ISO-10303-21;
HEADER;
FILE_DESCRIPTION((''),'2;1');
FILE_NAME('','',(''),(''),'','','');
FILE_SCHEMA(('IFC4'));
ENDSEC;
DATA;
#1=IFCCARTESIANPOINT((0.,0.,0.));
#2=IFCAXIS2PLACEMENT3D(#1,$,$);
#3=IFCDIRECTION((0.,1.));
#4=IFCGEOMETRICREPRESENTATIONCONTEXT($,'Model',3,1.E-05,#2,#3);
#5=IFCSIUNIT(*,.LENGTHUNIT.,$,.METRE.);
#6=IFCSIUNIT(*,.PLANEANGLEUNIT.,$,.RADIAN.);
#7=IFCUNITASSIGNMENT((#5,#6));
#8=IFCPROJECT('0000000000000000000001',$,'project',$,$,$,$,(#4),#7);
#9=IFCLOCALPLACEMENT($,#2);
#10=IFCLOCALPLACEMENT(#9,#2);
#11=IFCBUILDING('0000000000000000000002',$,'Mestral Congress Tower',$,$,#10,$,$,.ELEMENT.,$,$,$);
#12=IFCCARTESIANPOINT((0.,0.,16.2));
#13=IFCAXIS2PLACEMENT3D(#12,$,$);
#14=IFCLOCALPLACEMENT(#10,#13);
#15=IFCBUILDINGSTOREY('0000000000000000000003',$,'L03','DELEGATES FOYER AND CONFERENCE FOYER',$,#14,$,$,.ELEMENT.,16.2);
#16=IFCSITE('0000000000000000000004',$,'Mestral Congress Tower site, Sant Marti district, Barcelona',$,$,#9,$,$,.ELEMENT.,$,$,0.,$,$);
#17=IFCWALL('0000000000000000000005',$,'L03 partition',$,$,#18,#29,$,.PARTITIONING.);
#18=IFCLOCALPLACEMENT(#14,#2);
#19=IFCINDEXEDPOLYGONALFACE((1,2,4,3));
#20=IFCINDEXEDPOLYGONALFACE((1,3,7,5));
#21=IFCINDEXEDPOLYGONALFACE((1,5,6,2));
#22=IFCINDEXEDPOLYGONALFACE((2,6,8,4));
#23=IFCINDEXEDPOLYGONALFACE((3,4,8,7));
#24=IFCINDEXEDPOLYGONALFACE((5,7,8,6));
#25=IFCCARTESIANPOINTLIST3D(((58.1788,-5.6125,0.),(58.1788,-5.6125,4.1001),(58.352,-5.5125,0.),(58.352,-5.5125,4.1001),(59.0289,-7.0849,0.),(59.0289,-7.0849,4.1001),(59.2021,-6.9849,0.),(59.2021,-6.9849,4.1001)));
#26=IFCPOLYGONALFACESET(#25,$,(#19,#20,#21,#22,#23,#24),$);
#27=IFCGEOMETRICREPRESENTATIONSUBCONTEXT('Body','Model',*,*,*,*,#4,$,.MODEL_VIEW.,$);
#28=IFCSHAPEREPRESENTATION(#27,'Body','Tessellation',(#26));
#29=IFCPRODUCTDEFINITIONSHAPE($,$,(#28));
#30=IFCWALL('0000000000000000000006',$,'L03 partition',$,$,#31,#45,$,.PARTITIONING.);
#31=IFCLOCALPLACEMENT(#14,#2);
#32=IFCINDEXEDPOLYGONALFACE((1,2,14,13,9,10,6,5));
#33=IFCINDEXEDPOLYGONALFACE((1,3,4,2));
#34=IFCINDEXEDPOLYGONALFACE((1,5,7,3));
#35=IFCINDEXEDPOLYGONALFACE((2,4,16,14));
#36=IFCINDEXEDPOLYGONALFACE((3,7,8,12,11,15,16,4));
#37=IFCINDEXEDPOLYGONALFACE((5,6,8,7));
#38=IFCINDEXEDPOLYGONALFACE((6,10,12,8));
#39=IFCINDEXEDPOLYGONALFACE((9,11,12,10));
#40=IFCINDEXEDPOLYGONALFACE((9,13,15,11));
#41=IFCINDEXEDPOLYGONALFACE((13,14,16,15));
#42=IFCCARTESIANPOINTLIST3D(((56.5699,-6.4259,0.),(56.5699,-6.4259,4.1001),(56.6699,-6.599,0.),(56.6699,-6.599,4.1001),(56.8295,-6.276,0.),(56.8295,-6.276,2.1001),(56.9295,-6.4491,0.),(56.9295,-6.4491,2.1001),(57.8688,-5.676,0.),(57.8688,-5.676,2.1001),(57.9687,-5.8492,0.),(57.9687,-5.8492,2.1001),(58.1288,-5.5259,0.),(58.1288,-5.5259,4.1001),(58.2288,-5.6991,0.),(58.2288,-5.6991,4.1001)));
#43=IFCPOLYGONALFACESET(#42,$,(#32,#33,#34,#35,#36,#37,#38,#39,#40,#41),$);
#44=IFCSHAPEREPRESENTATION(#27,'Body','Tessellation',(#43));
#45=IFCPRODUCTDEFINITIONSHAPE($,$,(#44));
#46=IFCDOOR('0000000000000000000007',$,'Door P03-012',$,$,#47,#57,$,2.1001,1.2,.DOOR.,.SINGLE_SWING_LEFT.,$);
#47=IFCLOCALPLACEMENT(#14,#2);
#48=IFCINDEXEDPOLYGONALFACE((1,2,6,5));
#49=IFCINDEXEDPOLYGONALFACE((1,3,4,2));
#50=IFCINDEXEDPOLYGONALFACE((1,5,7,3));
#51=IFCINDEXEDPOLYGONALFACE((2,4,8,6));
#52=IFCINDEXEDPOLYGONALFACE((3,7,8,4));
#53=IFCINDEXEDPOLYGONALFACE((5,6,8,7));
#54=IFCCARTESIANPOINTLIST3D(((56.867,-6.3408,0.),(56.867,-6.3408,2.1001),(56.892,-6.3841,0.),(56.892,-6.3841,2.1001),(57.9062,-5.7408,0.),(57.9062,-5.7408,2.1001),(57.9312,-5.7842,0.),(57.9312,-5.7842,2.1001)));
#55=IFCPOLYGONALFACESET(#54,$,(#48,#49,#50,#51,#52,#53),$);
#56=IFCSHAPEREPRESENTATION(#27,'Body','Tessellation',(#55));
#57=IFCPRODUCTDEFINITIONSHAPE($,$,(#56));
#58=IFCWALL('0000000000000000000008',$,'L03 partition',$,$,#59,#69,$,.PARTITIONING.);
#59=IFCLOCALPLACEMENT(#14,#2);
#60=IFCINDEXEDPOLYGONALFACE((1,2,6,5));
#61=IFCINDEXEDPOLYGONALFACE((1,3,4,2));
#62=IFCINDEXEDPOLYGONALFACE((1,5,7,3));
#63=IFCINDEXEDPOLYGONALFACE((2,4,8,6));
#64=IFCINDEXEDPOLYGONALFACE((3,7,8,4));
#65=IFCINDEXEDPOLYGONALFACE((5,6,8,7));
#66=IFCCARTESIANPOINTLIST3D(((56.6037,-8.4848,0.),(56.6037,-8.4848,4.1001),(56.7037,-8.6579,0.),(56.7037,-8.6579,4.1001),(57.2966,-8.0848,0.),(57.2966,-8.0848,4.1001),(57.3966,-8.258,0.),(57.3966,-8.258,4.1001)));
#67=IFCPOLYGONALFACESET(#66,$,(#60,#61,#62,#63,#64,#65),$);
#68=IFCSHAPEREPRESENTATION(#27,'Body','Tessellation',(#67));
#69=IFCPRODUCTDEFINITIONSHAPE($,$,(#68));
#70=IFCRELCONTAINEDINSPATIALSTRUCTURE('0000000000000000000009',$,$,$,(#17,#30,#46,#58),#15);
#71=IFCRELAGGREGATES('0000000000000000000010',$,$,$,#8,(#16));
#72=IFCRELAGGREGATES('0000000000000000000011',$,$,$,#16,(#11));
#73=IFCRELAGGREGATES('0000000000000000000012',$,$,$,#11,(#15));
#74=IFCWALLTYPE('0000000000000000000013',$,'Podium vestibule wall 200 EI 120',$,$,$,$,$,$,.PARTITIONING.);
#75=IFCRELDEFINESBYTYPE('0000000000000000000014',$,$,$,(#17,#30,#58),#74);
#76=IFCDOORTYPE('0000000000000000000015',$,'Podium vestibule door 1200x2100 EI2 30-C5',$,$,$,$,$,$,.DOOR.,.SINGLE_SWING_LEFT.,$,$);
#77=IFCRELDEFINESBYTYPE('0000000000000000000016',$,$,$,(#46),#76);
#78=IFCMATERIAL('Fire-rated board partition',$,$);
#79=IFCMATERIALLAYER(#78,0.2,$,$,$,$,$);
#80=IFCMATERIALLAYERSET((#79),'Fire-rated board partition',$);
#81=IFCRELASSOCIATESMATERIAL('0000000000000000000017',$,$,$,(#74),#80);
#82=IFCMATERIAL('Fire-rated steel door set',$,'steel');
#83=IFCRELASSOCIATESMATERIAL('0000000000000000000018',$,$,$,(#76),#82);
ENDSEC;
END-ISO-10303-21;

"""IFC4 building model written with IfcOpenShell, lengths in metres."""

from ifc_helpers import new_model, si_unit, direction, frame, frame_2d, origin, place, context, subcontext, project, spatial, rectangle, extrude, material, layer, layer_set, type_object, element, fill, save


model = new_model("IFC4")

# Units and contexts
model_context = context("Model", 3, precision=1e-05, world=origin(), true_north=direction((0.0, 1.0)))
body_context = subcontext(model_context, "Body", "Model", "MODEL_VIEW")
ifc_project = project(units=[si_unit("LENGTHUNIT", "METRE"), si_unit("PLANEANGLEUNIT", "RADIAN")], contexts=[model_context])

# Site, building, storey
site_placement = place(None, origin())
site = spatial("IfcSite", under=ifc_project, at=site_placement, Name="Mestral Congress Tower site, Sant Marti district, Barcelona", CompositionType="ELEMENT", RefElevation=0.0)
building_placement = place(site_placement, origin())
building = spatial("IfcBuilding", under=site, at=building_placement, Name="Mestral Congress Tower", CompositionType="ELEMENT")
storey_placement = place(building_placement, frame((0.0, 0.0, 16.2)))
storey = spatial("IfcBuildingStorey", under=building, at=storey_placement, Name="L03", Description="DELEGATES FOYER AND CONFERENCE FOYER", CompositionType="ELEMENT", Elevation=16.2)

# Shared definitions
ifc_material_1 = material(Name="Fire-rated steel door set", Category="steel")

# Wall
ifc_material_2 = material(Name="Fire-rated board partition")
ifc_layer_1 = layer(ifc_material_2, 0.2)
ifc_layer_set_1 = layer_set([ifc_layer_1], Name="Fire-rated board partition")
wall_type_1 = type_object("IfcWallType", Name="Podium vestibule wall 200 EI 120", PredefinedType="PARTITIONING", material=ifc_layer_set_1)
for number, where, z_axis, x_axis, name in (
    (1, (59.1155, -7.0349, 0.0), (0.0, 0.0, 1.0), (-0.5, 0.866025, 0.0), "L03 partition"),
):
    element("IfcWall", number, at=place(storey_placement, frame(where, z_axis=z_axis, x_axis=x_axis)), inside=storey, type_object=wall_type_1, Name=name, PredefinedType="PARTITIONING", context=body_context, shape_type="SweptSolid", body=[
        extrude(rectangle(XDim=1.7002, YDim=0.2, at=frame_2d((0.8501, 0.0))), origin(), (0.0, 0.0, 1.0), 4.1001),
    ])

# Wall, opening, door
wall_1_placement = place(storey_placement, frame((58.1787, -5.6125, 0.0), z_axis=(0.0, 0.0, 1.0), x_axis=(-0.866048, -0.499961, 0.0)))
wall_1 = element("IfcWall", 2, at=wall_1_placement, inside=storey, type_object=wall_type_1, Name="L03 partition", PredefinedType="PARTITIONING", context=body_context, shape_type="SweptSolid", body=[
    extrude(rectangle(XDim=1.8, YDim=0.2, at=frame_2d((0.8999, 0.0))), origin(), (0.0, 0.0, 1.0), 4.1001),
])
opening_1_placement = place(wall_1_placement, frame((0.3, 0.0, 0.0)))
opening_1 = element("IfcOpeningElement", 3, at=opening_1_placement, cuts=wall_1, PredefinedType="OPENING", context=body_context, shape_type="SweptSolid", body=[
    extrude(rectangle(XDim=1.2, YDim=2.1001, at=frame_2d((0.6001, 1.05))), frame((0.0, 0.1099, 0.0), z_axis=(0.0, -1.0, 0.0), x_axis=(1.0, 0.0, 0.0)), (0.0, 0.0, 1.0), 0.22),
])
door_type_1 = type_object("IfcDoorType", Name="Podium vestibule door 1200x2100 EI2 30-C5", OperationType="SINGLE_SWING_LEFT", PredefinedType="DOOR", material=ifc_material_1)
door_1_placement = place(opening_1_placement, origin())
door_1 = element("IfcDoor", 4, at=door_1_placement, inside=storey, type_object=door_type_1, Name="Door P03-012", OperationType="SINGLE_SWING_LEFT", OverallHeight=2.1001, OverallWidth=1.2, PredefinedType="DOOR", context=body_context, shape_type="SweptSolid", body=[
    extrude(rectangle(XDim=1.2, YDim=2.1001, at=frame_2d((0.6001, 1.05))), frame((0.0, 0.0249, 0.0), z_axis=(0.0, -1.0, 0.0), x_axis=(1.0, 0.0, 0.0)), (0.0, 0.0, 1.0), 0.05),
])
fill(opening_1, door_1)

# Wall
wall_2_placement = place(storey_placement, frame((56.6538, -8.5713, 0.0), z_axis=(0.0, 0.0, 1.0), x_axis=(0.866094, 0.499881, 0.0)))
element("IfcWall", 5, at=wall_2_placement, inside=storey, type_object=wall_type_1, Name="L03 partition", PredefinedType="PARTITIONING", context=body_context, shape_type="SweptSolid", body=[
    extrude(rectangle(XDim=0.8, YDim=0.2, at=frame_2d((0.3999, 0.0))), origin(), (0.0, 0.0, 1.0), 4.1001),
])

save(model, "model.ifc")
